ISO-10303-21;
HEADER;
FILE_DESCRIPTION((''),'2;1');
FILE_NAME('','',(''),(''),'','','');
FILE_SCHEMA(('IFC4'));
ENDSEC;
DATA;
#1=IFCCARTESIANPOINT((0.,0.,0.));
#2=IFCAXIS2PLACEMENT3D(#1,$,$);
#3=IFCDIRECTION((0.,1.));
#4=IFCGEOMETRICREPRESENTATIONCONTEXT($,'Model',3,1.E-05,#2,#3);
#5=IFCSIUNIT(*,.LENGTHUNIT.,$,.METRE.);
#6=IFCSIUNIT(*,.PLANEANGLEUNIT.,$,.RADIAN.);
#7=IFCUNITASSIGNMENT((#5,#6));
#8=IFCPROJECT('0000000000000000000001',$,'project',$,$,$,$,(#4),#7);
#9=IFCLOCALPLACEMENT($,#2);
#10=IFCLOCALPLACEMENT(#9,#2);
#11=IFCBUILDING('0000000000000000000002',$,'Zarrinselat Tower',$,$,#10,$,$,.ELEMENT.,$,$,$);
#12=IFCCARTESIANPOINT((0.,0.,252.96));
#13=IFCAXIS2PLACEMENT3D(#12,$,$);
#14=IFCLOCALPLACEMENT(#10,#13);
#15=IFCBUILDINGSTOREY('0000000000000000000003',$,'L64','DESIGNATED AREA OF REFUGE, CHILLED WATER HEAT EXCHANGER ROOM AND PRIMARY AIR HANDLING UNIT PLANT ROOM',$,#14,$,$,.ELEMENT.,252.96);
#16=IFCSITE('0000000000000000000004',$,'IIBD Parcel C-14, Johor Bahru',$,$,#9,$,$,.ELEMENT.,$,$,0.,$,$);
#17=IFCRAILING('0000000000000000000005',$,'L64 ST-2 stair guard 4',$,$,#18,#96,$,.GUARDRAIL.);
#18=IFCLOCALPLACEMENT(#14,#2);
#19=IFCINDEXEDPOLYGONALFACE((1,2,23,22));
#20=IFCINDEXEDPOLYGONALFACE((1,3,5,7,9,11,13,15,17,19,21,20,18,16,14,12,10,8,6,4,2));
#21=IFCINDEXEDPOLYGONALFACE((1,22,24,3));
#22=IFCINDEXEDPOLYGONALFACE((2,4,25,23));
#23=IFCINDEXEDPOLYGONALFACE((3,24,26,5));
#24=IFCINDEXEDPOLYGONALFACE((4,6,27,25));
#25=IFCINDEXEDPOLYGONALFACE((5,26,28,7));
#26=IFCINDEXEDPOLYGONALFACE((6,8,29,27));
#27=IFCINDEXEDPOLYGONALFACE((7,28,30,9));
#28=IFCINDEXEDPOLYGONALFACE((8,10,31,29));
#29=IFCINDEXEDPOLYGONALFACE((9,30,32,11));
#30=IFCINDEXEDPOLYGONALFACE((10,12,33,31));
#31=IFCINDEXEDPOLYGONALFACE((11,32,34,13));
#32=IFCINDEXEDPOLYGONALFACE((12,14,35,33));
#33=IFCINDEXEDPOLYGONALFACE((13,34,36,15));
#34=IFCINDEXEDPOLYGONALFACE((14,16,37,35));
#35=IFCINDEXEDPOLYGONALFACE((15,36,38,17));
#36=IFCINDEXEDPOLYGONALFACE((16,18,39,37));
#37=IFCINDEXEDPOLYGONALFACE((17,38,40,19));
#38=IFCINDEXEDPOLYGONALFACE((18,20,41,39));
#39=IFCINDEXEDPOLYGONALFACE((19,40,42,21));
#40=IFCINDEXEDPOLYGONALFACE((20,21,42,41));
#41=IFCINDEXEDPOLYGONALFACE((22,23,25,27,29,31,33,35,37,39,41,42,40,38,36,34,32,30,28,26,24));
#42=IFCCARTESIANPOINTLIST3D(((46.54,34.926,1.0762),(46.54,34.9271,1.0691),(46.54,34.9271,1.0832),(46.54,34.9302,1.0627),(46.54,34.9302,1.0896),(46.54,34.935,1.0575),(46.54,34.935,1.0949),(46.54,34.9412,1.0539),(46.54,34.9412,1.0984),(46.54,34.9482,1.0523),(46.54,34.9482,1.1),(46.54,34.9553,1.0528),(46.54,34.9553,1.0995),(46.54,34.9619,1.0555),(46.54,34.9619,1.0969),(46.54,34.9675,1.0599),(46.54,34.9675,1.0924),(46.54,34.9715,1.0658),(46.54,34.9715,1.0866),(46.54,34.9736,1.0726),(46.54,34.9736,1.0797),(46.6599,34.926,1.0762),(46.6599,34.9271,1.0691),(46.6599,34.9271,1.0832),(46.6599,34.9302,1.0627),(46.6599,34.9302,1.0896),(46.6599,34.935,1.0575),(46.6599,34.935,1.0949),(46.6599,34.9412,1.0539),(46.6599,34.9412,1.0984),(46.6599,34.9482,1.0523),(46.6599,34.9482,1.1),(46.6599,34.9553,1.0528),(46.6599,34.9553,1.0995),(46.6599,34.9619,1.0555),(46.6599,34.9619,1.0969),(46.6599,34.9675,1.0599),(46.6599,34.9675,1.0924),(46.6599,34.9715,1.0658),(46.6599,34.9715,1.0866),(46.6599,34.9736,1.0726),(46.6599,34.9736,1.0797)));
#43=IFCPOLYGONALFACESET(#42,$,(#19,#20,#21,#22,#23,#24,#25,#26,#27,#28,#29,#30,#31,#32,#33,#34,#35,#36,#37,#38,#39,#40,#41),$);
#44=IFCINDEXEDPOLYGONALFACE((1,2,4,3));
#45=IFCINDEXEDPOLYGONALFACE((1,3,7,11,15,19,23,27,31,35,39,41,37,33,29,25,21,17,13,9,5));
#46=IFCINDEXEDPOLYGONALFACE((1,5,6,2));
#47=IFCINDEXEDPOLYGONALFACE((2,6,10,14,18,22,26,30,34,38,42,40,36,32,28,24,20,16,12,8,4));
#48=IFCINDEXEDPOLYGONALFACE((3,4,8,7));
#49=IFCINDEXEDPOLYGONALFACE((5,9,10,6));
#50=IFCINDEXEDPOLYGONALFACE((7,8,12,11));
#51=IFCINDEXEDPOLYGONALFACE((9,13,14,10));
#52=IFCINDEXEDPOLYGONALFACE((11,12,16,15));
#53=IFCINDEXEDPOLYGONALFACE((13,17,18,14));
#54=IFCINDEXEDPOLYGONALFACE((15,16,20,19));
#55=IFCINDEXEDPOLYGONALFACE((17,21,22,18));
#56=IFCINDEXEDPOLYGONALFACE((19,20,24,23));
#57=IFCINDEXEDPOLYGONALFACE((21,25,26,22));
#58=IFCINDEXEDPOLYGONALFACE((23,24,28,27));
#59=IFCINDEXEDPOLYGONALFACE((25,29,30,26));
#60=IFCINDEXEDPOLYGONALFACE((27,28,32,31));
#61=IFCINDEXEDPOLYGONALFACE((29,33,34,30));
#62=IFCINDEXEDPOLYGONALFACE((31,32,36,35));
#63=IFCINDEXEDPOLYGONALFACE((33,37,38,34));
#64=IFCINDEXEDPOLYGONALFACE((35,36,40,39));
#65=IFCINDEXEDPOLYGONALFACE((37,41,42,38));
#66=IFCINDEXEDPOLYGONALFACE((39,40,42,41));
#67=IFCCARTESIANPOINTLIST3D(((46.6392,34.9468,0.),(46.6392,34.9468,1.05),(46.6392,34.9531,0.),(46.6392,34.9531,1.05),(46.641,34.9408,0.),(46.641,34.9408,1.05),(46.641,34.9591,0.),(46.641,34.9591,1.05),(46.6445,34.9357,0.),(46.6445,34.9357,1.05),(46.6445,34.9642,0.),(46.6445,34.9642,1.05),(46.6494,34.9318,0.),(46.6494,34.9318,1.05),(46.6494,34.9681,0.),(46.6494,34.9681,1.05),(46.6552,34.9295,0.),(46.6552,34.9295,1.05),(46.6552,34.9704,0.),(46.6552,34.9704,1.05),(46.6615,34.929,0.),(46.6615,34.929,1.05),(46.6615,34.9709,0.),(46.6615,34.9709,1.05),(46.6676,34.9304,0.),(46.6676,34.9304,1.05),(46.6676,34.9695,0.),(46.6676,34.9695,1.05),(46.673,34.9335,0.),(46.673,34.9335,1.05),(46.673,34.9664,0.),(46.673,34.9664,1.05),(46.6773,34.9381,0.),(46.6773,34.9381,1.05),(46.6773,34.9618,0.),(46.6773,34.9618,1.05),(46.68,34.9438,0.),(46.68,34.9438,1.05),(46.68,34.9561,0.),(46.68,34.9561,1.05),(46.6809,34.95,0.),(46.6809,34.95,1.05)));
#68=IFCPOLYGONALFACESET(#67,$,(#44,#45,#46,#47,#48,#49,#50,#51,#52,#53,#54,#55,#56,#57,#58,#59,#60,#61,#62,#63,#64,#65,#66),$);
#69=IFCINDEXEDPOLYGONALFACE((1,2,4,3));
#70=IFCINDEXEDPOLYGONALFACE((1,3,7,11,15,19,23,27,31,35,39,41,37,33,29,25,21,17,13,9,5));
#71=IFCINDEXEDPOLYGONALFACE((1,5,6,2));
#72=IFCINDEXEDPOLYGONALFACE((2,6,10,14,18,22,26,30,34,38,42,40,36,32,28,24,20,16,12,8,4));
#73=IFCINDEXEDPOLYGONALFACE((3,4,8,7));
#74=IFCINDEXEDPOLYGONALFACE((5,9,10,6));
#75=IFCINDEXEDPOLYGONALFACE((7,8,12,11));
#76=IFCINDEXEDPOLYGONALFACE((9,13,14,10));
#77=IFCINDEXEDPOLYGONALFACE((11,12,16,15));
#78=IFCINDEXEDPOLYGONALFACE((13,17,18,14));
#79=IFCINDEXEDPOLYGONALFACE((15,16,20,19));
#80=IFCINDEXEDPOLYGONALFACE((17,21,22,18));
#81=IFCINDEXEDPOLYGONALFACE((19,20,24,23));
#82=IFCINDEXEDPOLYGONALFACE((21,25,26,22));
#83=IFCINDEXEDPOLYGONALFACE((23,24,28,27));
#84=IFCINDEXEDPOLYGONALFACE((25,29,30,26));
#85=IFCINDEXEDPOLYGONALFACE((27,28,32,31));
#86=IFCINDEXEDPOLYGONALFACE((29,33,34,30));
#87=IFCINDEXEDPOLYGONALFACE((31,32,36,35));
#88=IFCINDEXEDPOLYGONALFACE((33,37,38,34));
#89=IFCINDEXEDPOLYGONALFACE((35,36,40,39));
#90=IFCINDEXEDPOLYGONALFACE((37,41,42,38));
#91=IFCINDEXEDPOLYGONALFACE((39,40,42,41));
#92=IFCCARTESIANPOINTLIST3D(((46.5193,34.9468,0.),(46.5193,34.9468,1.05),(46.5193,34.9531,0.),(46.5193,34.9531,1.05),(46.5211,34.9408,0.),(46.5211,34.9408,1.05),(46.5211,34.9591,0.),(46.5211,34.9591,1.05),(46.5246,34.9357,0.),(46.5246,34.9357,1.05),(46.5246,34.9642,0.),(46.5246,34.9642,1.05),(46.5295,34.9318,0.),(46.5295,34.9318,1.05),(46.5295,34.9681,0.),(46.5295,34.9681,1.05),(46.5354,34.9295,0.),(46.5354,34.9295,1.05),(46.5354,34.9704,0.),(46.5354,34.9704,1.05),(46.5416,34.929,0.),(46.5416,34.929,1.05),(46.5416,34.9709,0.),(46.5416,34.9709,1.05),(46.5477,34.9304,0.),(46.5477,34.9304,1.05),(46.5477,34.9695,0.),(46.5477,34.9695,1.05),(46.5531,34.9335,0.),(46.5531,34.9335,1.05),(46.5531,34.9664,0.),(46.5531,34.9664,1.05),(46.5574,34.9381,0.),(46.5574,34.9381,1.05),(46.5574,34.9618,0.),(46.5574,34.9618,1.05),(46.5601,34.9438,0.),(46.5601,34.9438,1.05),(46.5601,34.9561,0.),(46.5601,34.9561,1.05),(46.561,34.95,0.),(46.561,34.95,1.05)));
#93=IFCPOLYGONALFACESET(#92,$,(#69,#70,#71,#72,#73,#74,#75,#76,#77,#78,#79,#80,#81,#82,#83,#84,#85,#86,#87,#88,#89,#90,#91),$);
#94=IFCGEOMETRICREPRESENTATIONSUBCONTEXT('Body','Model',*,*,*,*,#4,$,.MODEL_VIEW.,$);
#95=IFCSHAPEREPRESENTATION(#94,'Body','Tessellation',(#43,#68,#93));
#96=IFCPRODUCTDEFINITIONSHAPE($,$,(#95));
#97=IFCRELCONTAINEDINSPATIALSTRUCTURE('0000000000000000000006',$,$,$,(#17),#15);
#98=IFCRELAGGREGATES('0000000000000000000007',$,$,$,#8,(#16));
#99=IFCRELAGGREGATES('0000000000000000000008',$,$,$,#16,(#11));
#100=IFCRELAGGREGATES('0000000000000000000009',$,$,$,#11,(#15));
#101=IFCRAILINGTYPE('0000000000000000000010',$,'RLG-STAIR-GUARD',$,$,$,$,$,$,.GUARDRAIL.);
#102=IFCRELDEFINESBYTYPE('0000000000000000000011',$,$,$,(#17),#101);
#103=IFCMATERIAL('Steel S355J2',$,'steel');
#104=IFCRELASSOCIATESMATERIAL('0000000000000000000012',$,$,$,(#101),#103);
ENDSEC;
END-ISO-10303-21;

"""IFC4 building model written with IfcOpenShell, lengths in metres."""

from ifc_helpers import new_model, si_unit, direction, frame, origin, origin_2d, place, context, subcontext, project, spatial, circle, extrude, material, type_object, element, save


model = new_model("IFC4")

# Units and contexts
model_context = context("Model", 3, precision=1e-05, world=origin(), true_north=direction((0.0, 1.0)))
body_context = subcontext(model_context, "Body", "Model", "MODEL_VIEW")
ifc_project = project(units=[si_unit("LENGTHUNIT", "METRE"), si_unit("PLANEANGLEUNIT", "RADIAN")], contexts=[model_context])

# Site, building, storey
site_placement = place(None, origin())
site = spatial("IfcSite", under=ifc_project, at=site_placement, Name="IIBD Parcel C-14, Johor Bahru", CompositionType="ELEMENT", RefElevation=0.0)
building_placement = place(site_placement, origin())
building = spatial("IfcBuilding", under=site, at=building_placement, Name="Zarrinselat Tower", CompositionType="ELEMENT")
storey_placement = place(building_placement, frame((0.0, 0.0, 252.96)))
storey = spatial("IfcBuildingStorey", under=building, at=storey_placement, Name="L64", Description="DESIGNATED AREA OF REFUGE, CHILLED WATER HEAT EXCHANGER ROOM AND PRIMARY AIR HANDLING UNIT PLANT ROOM", CompositionType="ELEMENT", Elevation=252.96)

# Railing
ifc_material_1 = material(Name="Steel S355J2", Category="steel")
railing_type_1 = type_object("IfcRailingType", Name="RLG-STAIR-GUARD", PredefinedType="GUARDRAIL", material=ifc_material_1)
railing_1_placement = place(storey_placement, frame((46.6599, 34.95, 0.0)))
element("IfcRailing", 1, at=railing_1_placement, inside=storey, type_object=railing_type_1, Name="L64 ST-2 stair guard 4", PredefinedType="GUARDRAIL", context=body_context, shape_type="SweptSolid", body=[
    extrude(circle(Radius=0.0239, at=origin_2d()), frame((0.0, 0.0, 1.0762), z_axis=(-1.0, 0.0, 0.0), x_axis=(0.0, -1.0, 0.0)), (0.0, 0.0, 1.0), 0.1199),
    extrude(circle(Radius=0.021, at=origin_2d()), origin(), (0.0, 0.0, 1.0), 1.05),
    extrude(circle(Radius=0.021, at=origin_2d()), frame((-0.1199, 0.0, 0.0)), (0.0, 0.0, 1.0), 1.05),
])

save(model, "model.ifc")
